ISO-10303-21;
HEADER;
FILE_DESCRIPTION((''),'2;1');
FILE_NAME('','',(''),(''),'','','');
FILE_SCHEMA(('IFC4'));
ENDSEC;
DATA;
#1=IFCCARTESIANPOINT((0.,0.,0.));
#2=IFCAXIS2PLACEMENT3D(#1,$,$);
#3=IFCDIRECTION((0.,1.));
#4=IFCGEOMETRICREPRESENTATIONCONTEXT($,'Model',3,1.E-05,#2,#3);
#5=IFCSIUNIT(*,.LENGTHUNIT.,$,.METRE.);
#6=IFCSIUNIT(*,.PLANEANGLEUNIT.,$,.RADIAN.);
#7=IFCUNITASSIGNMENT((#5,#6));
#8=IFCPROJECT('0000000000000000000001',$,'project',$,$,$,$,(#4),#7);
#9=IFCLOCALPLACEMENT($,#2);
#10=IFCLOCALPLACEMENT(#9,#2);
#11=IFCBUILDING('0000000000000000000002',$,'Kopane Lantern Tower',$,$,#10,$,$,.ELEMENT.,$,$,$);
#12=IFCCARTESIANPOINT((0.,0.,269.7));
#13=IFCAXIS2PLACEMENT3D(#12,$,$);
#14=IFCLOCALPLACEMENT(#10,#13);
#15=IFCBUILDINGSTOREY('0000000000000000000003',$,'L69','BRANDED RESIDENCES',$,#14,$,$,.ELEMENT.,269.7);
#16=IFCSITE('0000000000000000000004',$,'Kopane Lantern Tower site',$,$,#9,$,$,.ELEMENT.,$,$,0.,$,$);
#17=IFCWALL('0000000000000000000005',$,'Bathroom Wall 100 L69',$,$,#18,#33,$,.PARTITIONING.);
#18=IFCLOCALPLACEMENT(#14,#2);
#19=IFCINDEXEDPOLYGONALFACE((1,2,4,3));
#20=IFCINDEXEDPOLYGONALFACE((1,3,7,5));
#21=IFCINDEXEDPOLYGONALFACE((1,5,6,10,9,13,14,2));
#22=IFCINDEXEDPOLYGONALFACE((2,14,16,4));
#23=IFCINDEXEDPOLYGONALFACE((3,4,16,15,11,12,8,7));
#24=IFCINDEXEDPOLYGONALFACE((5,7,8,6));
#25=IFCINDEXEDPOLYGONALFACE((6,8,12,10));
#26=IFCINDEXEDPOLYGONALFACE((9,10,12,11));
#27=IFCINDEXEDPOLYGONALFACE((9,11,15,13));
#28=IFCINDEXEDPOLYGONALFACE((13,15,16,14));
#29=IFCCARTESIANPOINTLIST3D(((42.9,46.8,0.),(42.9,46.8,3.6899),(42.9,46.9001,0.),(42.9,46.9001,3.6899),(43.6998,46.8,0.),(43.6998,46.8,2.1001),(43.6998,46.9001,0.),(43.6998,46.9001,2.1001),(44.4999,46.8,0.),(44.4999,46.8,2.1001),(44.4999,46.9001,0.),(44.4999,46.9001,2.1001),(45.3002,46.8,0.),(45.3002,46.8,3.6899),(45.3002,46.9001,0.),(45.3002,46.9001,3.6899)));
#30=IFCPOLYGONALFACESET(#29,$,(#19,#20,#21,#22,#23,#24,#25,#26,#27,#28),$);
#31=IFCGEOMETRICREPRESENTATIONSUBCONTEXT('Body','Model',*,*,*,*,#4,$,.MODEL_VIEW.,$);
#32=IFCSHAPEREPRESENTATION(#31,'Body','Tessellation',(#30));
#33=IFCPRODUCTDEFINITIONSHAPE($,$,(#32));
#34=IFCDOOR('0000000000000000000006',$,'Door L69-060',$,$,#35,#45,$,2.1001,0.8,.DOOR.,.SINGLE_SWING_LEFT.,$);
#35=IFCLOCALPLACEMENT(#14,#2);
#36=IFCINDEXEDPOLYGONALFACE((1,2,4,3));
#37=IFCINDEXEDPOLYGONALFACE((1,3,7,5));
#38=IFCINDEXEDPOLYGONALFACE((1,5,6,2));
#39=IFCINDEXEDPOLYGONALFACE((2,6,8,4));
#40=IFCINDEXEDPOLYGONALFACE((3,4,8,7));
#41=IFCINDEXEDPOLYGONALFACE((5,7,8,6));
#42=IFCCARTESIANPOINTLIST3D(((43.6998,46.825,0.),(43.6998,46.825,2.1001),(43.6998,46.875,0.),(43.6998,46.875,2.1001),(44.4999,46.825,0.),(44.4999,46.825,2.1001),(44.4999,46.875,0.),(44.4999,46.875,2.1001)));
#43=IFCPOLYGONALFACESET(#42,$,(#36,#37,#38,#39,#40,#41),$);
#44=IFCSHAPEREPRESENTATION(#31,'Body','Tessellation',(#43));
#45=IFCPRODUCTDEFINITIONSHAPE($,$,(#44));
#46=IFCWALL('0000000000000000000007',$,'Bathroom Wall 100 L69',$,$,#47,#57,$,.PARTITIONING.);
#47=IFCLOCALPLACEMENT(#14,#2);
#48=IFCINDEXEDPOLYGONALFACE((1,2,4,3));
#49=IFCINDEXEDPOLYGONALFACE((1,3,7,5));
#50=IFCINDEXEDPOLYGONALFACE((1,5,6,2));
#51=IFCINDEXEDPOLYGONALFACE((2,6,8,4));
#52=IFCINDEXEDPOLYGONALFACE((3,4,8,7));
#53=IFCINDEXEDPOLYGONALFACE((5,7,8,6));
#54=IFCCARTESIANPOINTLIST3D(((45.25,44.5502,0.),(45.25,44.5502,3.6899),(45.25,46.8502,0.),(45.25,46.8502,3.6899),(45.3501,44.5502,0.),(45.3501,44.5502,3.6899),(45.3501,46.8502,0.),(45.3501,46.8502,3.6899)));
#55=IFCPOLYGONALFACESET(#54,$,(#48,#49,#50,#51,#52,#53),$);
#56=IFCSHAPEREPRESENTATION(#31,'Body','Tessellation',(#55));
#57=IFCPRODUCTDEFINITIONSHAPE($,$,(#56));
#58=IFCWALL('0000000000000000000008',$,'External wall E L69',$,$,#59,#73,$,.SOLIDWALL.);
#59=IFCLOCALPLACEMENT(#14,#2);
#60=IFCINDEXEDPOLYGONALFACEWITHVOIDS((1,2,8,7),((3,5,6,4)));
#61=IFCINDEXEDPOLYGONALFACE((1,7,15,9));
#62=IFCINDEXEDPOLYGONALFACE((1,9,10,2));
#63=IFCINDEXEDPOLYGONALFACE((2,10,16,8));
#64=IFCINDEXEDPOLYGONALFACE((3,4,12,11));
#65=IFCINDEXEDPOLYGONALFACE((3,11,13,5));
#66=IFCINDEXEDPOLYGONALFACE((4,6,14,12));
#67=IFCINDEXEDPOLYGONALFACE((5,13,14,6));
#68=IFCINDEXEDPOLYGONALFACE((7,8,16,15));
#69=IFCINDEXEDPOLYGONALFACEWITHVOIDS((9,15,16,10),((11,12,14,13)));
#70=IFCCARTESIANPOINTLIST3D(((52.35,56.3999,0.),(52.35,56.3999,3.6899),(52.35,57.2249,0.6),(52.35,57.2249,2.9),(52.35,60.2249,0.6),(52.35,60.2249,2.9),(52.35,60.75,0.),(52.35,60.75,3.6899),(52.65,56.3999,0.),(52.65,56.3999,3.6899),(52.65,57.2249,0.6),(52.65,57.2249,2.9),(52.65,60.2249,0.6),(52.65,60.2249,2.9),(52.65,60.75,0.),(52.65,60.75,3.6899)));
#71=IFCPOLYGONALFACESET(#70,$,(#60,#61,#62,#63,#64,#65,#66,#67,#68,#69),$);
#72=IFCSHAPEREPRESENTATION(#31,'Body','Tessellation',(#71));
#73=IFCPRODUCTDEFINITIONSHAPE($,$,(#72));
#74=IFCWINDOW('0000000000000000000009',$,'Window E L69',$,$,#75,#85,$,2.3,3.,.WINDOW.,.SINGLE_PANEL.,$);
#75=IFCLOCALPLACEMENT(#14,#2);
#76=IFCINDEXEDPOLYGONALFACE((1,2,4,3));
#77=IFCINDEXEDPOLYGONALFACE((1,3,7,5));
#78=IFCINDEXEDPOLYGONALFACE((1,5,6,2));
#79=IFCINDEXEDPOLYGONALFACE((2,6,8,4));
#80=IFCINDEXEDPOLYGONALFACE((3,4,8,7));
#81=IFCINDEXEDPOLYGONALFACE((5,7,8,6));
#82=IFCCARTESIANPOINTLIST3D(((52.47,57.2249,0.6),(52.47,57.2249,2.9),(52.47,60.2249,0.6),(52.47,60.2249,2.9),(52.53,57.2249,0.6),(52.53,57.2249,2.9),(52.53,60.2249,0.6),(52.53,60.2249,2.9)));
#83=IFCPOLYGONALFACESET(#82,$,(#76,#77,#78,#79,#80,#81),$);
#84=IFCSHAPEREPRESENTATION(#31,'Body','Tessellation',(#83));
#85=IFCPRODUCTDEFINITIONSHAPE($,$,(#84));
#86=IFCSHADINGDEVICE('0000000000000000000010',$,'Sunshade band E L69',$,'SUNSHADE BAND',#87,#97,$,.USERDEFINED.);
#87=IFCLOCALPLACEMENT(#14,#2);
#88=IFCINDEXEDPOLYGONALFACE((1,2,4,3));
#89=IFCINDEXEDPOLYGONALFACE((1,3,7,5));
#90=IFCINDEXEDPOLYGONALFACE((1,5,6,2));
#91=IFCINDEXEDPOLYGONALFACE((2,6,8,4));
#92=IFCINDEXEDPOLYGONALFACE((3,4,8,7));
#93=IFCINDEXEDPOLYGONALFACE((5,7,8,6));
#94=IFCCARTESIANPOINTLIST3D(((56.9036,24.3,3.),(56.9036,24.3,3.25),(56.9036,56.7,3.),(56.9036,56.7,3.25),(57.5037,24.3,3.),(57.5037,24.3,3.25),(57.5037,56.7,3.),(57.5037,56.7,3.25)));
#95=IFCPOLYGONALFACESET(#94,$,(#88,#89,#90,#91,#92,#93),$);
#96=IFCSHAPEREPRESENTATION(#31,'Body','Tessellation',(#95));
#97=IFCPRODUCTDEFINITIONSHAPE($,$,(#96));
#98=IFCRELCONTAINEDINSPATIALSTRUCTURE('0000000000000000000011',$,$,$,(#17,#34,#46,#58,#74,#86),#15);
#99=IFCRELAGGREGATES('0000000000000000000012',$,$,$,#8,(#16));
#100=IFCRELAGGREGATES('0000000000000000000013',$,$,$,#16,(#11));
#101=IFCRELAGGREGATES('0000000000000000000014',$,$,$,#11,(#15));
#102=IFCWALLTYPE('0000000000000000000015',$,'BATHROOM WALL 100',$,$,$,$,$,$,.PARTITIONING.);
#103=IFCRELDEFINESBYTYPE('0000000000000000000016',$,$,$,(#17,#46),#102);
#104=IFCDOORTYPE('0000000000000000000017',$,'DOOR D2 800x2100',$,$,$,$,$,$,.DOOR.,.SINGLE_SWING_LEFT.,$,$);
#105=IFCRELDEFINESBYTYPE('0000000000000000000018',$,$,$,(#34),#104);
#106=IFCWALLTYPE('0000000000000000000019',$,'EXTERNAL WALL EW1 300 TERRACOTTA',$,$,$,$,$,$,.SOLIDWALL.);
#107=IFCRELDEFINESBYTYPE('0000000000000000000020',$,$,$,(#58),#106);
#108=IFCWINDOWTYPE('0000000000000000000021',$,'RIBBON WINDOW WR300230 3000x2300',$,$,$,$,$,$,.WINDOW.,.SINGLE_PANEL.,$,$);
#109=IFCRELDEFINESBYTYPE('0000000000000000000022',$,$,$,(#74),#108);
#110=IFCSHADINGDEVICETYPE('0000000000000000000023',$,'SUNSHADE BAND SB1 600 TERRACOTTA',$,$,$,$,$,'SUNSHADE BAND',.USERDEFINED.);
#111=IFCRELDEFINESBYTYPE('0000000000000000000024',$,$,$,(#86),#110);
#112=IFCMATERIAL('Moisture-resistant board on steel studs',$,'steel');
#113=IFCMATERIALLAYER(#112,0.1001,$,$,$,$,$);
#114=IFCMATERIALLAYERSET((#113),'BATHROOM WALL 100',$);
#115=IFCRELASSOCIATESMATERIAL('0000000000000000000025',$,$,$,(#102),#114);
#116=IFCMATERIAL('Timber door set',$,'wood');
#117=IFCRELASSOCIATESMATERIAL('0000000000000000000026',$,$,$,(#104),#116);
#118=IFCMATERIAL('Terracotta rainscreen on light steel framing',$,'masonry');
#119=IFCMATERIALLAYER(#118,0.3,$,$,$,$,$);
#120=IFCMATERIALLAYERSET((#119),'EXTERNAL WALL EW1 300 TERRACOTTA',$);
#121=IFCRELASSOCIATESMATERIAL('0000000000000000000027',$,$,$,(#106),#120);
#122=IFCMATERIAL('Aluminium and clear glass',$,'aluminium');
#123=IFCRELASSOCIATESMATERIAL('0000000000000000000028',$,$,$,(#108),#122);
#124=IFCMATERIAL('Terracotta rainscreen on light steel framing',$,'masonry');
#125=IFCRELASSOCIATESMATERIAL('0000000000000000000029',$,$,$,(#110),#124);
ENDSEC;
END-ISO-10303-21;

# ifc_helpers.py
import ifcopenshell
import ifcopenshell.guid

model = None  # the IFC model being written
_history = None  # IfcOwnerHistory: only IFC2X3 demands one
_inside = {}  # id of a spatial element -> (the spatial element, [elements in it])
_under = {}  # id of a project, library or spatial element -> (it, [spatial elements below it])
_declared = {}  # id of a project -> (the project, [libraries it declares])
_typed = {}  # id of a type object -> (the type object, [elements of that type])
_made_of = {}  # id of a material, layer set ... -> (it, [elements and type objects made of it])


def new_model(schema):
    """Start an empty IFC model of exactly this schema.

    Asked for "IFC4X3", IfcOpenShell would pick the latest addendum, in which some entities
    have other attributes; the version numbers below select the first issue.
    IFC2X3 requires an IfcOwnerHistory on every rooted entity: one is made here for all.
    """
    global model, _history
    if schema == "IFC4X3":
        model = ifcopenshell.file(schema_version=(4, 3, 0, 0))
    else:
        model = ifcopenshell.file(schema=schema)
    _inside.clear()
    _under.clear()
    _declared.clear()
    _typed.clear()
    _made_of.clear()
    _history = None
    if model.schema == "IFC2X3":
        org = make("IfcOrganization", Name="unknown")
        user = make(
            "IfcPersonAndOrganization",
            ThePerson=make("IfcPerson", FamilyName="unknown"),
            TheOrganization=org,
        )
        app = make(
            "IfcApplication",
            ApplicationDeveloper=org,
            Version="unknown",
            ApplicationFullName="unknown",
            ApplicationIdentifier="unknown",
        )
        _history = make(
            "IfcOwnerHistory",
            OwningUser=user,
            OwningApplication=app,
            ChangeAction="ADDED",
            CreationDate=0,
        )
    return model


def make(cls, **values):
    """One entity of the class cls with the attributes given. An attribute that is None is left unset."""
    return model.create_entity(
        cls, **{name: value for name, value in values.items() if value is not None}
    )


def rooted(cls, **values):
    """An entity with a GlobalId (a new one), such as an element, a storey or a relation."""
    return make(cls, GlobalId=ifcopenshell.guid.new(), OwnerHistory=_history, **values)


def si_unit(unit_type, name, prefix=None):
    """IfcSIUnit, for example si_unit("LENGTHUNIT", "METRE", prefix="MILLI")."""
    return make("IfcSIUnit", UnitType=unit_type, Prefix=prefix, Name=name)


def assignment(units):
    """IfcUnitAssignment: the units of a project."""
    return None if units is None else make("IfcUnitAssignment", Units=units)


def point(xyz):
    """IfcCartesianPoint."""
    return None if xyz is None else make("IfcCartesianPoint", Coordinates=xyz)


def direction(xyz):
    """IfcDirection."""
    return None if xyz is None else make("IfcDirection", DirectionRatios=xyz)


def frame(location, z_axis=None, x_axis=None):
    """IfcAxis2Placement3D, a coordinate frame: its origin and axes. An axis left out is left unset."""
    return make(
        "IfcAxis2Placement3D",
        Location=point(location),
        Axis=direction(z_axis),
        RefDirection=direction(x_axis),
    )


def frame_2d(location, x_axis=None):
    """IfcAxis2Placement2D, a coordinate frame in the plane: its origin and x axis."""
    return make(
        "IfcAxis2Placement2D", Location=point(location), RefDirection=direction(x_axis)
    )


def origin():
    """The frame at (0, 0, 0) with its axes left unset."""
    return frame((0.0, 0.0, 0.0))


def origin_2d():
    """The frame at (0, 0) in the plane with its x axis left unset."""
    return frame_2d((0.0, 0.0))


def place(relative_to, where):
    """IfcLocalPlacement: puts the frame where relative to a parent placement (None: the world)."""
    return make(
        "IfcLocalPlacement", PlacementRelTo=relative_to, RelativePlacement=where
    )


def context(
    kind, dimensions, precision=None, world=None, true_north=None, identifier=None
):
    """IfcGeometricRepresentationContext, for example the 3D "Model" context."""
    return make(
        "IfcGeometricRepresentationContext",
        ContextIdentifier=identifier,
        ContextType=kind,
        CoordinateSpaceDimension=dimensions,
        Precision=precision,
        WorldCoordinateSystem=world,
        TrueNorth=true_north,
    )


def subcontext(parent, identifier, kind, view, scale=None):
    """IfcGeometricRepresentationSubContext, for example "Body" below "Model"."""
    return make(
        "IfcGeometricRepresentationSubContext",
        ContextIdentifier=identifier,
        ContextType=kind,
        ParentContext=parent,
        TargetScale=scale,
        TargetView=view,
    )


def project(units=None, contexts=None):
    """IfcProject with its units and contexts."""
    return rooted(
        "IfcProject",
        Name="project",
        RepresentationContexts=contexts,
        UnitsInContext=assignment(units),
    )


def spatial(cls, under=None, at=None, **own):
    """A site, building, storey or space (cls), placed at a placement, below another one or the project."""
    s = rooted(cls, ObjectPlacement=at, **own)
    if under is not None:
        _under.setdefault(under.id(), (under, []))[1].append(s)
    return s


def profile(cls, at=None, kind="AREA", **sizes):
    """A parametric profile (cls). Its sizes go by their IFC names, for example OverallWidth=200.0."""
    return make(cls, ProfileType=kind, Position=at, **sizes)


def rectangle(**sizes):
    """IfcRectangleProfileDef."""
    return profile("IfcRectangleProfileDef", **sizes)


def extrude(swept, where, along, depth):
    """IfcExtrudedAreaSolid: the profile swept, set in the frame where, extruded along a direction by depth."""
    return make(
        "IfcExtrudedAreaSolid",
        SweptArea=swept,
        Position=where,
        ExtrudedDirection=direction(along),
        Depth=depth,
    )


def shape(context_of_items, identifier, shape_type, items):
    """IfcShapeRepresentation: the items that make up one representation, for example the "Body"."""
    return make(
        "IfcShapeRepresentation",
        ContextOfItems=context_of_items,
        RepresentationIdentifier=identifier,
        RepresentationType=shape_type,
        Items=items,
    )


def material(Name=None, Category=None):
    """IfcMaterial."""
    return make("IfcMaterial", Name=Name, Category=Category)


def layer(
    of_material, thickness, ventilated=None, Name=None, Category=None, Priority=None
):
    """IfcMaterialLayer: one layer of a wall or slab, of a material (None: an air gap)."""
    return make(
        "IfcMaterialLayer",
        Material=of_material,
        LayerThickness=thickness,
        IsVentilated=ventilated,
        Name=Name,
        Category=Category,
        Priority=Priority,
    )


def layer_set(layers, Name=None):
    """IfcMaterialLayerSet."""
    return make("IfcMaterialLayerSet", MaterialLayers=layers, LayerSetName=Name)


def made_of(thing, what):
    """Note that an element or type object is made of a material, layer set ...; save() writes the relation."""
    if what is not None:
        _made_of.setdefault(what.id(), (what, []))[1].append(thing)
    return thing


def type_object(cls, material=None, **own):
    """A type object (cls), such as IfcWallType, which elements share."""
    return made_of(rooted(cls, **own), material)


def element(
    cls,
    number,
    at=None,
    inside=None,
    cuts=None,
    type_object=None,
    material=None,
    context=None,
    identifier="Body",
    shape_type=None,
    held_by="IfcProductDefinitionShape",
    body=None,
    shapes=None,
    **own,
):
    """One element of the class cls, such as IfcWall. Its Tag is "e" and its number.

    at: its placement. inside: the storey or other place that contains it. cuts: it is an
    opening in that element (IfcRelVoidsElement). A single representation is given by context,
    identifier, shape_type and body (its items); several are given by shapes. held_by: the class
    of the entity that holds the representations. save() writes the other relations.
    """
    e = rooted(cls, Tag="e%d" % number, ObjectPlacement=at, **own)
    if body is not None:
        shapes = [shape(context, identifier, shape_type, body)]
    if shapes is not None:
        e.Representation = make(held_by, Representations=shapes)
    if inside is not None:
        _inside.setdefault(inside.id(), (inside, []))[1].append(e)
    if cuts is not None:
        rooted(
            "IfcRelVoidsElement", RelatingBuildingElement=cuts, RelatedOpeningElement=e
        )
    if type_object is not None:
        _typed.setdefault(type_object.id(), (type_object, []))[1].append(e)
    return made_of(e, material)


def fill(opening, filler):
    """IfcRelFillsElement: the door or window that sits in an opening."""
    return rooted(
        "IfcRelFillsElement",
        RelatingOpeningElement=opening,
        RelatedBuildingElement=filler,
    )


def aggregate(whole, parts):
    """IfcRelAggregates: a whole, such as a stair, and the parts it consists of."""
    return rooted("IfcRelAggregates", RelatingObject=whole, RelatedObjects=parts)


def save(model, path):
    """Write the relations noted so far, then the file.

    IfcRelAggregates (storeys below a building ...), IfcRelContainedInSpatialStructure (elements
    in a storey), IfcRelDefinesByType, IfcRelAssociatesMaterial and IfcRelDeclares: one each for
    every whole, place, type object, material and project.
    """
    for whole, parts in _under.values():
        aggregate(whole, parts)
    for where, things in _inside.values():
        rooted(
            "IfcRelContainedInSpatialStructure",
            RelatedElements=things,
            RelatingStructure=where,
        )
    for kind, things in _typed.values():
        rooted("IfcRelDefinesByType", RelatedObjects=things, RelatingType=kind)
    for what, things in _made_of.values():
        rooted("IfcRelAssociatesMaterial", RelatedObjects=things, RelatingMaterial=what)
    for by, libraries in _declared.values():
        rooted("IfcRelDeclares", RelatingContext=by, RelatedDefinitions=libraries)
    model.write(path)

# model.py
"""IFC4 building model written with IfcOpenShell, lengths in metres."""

from ifc_helpers import new_model, si_unit, direction, frame, frame_2d, origin, origin_2d, place, context, subcontext, project, spatial, rectangle, extrude, material, layer, layer_set, type_object, element, fill, save


model = new_model("IFC4")

# Units and contexts
model_context = context("Model", 3, precision=1e-05, world=origin(), true_north=direction((0.0, 1.0)))
body_context = subcontext(model_context, "Body", "Model", "MODEL_VIEW")
ifc_project = project(units=[si_unit("LENGTHUNIT", "METRE"), si_unit("PLANEANGLEUNIT", "RADIAN")], contexts=[model_context])

# Site, building, storey
site_placement = place(None, origin())
site = spatial("IfcSite", under=ifc_project, at=site_placement, Name="Kopane Lantern Tower site", CompositionType="ELEMENT", RefElevation=0.0)
building_placement = place(site_placement, origin())
building = spatial("IfcBuilding", under=site, at=building_placement, Name="Kopane Lantern Tower", CompositionType="ELEMENT")
storey_placement = place(building_placement, frame((0.0, 0.0, 269.7)))
storey = spatial("IfcBuildingStorey", under=building, at=storey_placement, Name="L69", Description="BRANDED RESIDENCES", CompositionType="ELEMENT", Elevation=269.7)

# Wall, opening, door
ifc_material_1 = material(Name="Moisture-resistant board on steel studs", Category="steel")
ifc_layer_1 = layer(ifc_material_1, 0.1001)
ifc_layer_set_1 = layer_set([ifc_layer_1], Name="BATHROOM WALL 100")
wall_type_1 = type_object("IfcWallType", Name="BATHROOM WALL 100", PredefinedType="PARTITIONING", material=ifc_layer_set_1)
wall_1_placement = place(storey_placement, frame((42.8999, 46.8501, 0.0), z_axis=(0.0, 0.0, 1.0), x_axis=(1.0, 0.0, 0.0)))
wall_1 = element("IfcWall", 1, at=wall_1_placement, inside=storey, type_object=wall_type_1, Name="Bathroom Wall 100 L69", PredefinedType="PARTITIONING", context=body_context, shape_type="SweptSolid", body=[
    extrude(rectangle(XDim=2.4001, YDim=0.1001, at=frame_2d((1.2002, 0.0))), origin(), (0.0, 0.0, 1.0), 3.6899),
])
opening_1_placement = place(wall_1_placement, frame((0.8, 0.0, 0.0)))
opening_1 = element("IfcOpeningElement", 2, at=opening_1_placement, cuts=wall_1, PredefinedType="OPENING", context=body_context, shape_type="SweptSolid", body=[
    extrude(rectangle(XDim=0.8, YDim=2.1001, at=frame_2d((0.3999, 1.05))), frame((0.0, 0.0601, 0.0), z_axis=(0.0, -1.0, 0.0), x_axis=(1.0, 0.0, 0.0)), (0.0, 0.0, 1.0), 0.1201),
])
ifc_material_2 = material(Name="Timber door set", Category="wood")
door_type_1 = type_object("IfcDoorType", Name="DOOR D2 800x2100", OperationType="SINGLE_SWING_LEFT", PredefinedType="DOOR", material=ifc_material_2)
door_1_placement = place(opening_1_placement, origin())
door_1 = element("IfcDoor", 3, at=door_1_placement, inside=storey, type_object=door_type_1, Name="Door L69-060", OperationType="SINGLE_SWING_LEFT", OverallHeight=2.1001, OverallWidth=0.8, PredefinedType="DOOR", context=body_context, shape_type="SweptSolid", body=[
    extrude(rectangle(XDim=0.8, YDim=2.1001, at=frame_2d((0.3999, 1.05))), frame((0.0, 0.0249, 0.0), z_axis=(0.0, -1.0, 0.0), x_axis=(1.0, 0.0, 0.0)), (0.0, 0.0, 1.0), 0.05),
])
fill(opening_1, door_1)

# Wall
wall_2_placement = place(storey_placement, frame((45.3, 46.8501, 0.0), z_axis=(0.0, 0.0, 1.0), x_axis=(0.0, -1.0, 0.0)))
element("IfcWall", 4, at=wall_2_placement, inside=storey, type_object=wall_type_1, Name="Bathroom Wall 100 L69", PredefinedType="PARTITIONING", context=body_context, shape_type="SweptSolid", body=[
    extrude(rectangle(XDim=2.3, YDim=0.1001, at=frame_2d((1.1499, 0.0))), origin(), (0.0, 0.0, 1.0), 3.6899),
])

# Wall, opening, window
ifc_material_3 = material(Name="Terracotta rainscreen on light steel framing", Category="masonry")
ifc_layer_2 = layer(ifc_material_3, 0.3)
ifc_layer_set_2 = layer_set([ifc_layer_2], Name="EXTERNAL WALL EW1 300 TERRACOTTA")
wall_type_2 = type_object("IfcWallType", Name="EXTERNAL WALL EW1 300 TERRACOTTA", PredefinedType="SOLIDWALL", material=ifc_layer_set_2)
wall_3_placement = place(storey_placement, frame((52.5, 56.3999, 0.0), z_axis=(0.0, 0.0, 1.0), x_axis=(0.0, 1.0, 0.0)))
wall_3 = element("IfcWall", 5, at=wall_3_placement, inside=storey, type_object=wall_type_2, Name="External wall E L69", PredefinedType="SOLIDWALL", context=body_context, shape_type="SweptSolid", body=[
    extrude(rectangle(XDim=4.3501, YDim=0.3, at=frame_2d((2.175, 0.0))), origin(), (0.0, 0.0, 1.0), 3.6899),
])
opening_2_placement = place(wall_3_placement, frame((0.825, 0.0, 0.6001)))
opening_2 = element("IfcOpeningElement", 6, at=opening_2_placement, cuts=wall_3, PredefinedType="OPENING", context=body_context, shape_type="SweptSolid", body=[
    extrude(rectangle(XDim=3.0, YDim=2.3, at=frame_2d((1.5, 1.1499))), frame((0.0, 0.1599, 0.0), z_axis=(0.0, -1.0, 0.0), x_axis=(1.0, 0.0, 0.0)), (0.0, 0.0, 1.0), 0.3201),
])
ifc_material_4 = material(Name="Aluminium and clear glass", Category="aluminium")
window_type = type_object("IfcWindowType", Name="RIBBON WINDOW WR300230 3000x2300", PartitioningType="SINGLE_PANEL", PredefinedType="WINDOW", material=ifc_material_4)
window_placement = place(opening_2_placement, origin())
window = element("IfcWindow", 7, at=window_placement, inside=storey, type_object=window_type, Name="Window E L69", OverallHeight=2.3, OverallWidth=3.0, PartitioningType="SINGLE_PANEL", PredefinedType="WINDOW", context=body_context, shape_type="SweptSolid", body=[
    extrude(rectangle(XDim=3.0, YDim=2.3, at=frame_2d((1.5, 1.1499))), frame((0.0, 0.03, 0.0), z_axis=(0.0, -1.0, 0.0), x_axis=(1.0, 0.0, 0.0)), (0.0, 0.0, 1.0), 0.0601),
])
fill(opening_2, window)

# Shading device
ifc_material_5 = material(Name="Terracotta rainscreen on light steel framing", Category="masonry")
shading_device_type = type_object("IfcShadingDeviceType", Name="SUNSHADE BAND SB1 600 TERRACOTTA", ElementType="SUNSHADE BAND", PredefinedType="USERDEFINED", material=ifc_material_5)
shading_device_placement = place(storey_placement, frame((57.2036, 40.5, 3.0), z_axis=(0.0, 0.0, 1.0), x_axis=(0.0, 1.0, 0.0)))
element("IfcShadingDevice", 8, at=shading_device_placement, inside=storey, type_object=shading_device_type, Name="Sunshade band E L69", ObjectType="SUNSHADE BAND", PredefinedType="USERDEFINED", context=body_context, shape_type="SweptSolid", body=[
    extrude(rectangle(XDim=32.3999, YDim=0.6001, at=origin_2d()), origin(), (0.0, 0.0, 1.0), 0.25),
])

save(model, "model.ifc")
